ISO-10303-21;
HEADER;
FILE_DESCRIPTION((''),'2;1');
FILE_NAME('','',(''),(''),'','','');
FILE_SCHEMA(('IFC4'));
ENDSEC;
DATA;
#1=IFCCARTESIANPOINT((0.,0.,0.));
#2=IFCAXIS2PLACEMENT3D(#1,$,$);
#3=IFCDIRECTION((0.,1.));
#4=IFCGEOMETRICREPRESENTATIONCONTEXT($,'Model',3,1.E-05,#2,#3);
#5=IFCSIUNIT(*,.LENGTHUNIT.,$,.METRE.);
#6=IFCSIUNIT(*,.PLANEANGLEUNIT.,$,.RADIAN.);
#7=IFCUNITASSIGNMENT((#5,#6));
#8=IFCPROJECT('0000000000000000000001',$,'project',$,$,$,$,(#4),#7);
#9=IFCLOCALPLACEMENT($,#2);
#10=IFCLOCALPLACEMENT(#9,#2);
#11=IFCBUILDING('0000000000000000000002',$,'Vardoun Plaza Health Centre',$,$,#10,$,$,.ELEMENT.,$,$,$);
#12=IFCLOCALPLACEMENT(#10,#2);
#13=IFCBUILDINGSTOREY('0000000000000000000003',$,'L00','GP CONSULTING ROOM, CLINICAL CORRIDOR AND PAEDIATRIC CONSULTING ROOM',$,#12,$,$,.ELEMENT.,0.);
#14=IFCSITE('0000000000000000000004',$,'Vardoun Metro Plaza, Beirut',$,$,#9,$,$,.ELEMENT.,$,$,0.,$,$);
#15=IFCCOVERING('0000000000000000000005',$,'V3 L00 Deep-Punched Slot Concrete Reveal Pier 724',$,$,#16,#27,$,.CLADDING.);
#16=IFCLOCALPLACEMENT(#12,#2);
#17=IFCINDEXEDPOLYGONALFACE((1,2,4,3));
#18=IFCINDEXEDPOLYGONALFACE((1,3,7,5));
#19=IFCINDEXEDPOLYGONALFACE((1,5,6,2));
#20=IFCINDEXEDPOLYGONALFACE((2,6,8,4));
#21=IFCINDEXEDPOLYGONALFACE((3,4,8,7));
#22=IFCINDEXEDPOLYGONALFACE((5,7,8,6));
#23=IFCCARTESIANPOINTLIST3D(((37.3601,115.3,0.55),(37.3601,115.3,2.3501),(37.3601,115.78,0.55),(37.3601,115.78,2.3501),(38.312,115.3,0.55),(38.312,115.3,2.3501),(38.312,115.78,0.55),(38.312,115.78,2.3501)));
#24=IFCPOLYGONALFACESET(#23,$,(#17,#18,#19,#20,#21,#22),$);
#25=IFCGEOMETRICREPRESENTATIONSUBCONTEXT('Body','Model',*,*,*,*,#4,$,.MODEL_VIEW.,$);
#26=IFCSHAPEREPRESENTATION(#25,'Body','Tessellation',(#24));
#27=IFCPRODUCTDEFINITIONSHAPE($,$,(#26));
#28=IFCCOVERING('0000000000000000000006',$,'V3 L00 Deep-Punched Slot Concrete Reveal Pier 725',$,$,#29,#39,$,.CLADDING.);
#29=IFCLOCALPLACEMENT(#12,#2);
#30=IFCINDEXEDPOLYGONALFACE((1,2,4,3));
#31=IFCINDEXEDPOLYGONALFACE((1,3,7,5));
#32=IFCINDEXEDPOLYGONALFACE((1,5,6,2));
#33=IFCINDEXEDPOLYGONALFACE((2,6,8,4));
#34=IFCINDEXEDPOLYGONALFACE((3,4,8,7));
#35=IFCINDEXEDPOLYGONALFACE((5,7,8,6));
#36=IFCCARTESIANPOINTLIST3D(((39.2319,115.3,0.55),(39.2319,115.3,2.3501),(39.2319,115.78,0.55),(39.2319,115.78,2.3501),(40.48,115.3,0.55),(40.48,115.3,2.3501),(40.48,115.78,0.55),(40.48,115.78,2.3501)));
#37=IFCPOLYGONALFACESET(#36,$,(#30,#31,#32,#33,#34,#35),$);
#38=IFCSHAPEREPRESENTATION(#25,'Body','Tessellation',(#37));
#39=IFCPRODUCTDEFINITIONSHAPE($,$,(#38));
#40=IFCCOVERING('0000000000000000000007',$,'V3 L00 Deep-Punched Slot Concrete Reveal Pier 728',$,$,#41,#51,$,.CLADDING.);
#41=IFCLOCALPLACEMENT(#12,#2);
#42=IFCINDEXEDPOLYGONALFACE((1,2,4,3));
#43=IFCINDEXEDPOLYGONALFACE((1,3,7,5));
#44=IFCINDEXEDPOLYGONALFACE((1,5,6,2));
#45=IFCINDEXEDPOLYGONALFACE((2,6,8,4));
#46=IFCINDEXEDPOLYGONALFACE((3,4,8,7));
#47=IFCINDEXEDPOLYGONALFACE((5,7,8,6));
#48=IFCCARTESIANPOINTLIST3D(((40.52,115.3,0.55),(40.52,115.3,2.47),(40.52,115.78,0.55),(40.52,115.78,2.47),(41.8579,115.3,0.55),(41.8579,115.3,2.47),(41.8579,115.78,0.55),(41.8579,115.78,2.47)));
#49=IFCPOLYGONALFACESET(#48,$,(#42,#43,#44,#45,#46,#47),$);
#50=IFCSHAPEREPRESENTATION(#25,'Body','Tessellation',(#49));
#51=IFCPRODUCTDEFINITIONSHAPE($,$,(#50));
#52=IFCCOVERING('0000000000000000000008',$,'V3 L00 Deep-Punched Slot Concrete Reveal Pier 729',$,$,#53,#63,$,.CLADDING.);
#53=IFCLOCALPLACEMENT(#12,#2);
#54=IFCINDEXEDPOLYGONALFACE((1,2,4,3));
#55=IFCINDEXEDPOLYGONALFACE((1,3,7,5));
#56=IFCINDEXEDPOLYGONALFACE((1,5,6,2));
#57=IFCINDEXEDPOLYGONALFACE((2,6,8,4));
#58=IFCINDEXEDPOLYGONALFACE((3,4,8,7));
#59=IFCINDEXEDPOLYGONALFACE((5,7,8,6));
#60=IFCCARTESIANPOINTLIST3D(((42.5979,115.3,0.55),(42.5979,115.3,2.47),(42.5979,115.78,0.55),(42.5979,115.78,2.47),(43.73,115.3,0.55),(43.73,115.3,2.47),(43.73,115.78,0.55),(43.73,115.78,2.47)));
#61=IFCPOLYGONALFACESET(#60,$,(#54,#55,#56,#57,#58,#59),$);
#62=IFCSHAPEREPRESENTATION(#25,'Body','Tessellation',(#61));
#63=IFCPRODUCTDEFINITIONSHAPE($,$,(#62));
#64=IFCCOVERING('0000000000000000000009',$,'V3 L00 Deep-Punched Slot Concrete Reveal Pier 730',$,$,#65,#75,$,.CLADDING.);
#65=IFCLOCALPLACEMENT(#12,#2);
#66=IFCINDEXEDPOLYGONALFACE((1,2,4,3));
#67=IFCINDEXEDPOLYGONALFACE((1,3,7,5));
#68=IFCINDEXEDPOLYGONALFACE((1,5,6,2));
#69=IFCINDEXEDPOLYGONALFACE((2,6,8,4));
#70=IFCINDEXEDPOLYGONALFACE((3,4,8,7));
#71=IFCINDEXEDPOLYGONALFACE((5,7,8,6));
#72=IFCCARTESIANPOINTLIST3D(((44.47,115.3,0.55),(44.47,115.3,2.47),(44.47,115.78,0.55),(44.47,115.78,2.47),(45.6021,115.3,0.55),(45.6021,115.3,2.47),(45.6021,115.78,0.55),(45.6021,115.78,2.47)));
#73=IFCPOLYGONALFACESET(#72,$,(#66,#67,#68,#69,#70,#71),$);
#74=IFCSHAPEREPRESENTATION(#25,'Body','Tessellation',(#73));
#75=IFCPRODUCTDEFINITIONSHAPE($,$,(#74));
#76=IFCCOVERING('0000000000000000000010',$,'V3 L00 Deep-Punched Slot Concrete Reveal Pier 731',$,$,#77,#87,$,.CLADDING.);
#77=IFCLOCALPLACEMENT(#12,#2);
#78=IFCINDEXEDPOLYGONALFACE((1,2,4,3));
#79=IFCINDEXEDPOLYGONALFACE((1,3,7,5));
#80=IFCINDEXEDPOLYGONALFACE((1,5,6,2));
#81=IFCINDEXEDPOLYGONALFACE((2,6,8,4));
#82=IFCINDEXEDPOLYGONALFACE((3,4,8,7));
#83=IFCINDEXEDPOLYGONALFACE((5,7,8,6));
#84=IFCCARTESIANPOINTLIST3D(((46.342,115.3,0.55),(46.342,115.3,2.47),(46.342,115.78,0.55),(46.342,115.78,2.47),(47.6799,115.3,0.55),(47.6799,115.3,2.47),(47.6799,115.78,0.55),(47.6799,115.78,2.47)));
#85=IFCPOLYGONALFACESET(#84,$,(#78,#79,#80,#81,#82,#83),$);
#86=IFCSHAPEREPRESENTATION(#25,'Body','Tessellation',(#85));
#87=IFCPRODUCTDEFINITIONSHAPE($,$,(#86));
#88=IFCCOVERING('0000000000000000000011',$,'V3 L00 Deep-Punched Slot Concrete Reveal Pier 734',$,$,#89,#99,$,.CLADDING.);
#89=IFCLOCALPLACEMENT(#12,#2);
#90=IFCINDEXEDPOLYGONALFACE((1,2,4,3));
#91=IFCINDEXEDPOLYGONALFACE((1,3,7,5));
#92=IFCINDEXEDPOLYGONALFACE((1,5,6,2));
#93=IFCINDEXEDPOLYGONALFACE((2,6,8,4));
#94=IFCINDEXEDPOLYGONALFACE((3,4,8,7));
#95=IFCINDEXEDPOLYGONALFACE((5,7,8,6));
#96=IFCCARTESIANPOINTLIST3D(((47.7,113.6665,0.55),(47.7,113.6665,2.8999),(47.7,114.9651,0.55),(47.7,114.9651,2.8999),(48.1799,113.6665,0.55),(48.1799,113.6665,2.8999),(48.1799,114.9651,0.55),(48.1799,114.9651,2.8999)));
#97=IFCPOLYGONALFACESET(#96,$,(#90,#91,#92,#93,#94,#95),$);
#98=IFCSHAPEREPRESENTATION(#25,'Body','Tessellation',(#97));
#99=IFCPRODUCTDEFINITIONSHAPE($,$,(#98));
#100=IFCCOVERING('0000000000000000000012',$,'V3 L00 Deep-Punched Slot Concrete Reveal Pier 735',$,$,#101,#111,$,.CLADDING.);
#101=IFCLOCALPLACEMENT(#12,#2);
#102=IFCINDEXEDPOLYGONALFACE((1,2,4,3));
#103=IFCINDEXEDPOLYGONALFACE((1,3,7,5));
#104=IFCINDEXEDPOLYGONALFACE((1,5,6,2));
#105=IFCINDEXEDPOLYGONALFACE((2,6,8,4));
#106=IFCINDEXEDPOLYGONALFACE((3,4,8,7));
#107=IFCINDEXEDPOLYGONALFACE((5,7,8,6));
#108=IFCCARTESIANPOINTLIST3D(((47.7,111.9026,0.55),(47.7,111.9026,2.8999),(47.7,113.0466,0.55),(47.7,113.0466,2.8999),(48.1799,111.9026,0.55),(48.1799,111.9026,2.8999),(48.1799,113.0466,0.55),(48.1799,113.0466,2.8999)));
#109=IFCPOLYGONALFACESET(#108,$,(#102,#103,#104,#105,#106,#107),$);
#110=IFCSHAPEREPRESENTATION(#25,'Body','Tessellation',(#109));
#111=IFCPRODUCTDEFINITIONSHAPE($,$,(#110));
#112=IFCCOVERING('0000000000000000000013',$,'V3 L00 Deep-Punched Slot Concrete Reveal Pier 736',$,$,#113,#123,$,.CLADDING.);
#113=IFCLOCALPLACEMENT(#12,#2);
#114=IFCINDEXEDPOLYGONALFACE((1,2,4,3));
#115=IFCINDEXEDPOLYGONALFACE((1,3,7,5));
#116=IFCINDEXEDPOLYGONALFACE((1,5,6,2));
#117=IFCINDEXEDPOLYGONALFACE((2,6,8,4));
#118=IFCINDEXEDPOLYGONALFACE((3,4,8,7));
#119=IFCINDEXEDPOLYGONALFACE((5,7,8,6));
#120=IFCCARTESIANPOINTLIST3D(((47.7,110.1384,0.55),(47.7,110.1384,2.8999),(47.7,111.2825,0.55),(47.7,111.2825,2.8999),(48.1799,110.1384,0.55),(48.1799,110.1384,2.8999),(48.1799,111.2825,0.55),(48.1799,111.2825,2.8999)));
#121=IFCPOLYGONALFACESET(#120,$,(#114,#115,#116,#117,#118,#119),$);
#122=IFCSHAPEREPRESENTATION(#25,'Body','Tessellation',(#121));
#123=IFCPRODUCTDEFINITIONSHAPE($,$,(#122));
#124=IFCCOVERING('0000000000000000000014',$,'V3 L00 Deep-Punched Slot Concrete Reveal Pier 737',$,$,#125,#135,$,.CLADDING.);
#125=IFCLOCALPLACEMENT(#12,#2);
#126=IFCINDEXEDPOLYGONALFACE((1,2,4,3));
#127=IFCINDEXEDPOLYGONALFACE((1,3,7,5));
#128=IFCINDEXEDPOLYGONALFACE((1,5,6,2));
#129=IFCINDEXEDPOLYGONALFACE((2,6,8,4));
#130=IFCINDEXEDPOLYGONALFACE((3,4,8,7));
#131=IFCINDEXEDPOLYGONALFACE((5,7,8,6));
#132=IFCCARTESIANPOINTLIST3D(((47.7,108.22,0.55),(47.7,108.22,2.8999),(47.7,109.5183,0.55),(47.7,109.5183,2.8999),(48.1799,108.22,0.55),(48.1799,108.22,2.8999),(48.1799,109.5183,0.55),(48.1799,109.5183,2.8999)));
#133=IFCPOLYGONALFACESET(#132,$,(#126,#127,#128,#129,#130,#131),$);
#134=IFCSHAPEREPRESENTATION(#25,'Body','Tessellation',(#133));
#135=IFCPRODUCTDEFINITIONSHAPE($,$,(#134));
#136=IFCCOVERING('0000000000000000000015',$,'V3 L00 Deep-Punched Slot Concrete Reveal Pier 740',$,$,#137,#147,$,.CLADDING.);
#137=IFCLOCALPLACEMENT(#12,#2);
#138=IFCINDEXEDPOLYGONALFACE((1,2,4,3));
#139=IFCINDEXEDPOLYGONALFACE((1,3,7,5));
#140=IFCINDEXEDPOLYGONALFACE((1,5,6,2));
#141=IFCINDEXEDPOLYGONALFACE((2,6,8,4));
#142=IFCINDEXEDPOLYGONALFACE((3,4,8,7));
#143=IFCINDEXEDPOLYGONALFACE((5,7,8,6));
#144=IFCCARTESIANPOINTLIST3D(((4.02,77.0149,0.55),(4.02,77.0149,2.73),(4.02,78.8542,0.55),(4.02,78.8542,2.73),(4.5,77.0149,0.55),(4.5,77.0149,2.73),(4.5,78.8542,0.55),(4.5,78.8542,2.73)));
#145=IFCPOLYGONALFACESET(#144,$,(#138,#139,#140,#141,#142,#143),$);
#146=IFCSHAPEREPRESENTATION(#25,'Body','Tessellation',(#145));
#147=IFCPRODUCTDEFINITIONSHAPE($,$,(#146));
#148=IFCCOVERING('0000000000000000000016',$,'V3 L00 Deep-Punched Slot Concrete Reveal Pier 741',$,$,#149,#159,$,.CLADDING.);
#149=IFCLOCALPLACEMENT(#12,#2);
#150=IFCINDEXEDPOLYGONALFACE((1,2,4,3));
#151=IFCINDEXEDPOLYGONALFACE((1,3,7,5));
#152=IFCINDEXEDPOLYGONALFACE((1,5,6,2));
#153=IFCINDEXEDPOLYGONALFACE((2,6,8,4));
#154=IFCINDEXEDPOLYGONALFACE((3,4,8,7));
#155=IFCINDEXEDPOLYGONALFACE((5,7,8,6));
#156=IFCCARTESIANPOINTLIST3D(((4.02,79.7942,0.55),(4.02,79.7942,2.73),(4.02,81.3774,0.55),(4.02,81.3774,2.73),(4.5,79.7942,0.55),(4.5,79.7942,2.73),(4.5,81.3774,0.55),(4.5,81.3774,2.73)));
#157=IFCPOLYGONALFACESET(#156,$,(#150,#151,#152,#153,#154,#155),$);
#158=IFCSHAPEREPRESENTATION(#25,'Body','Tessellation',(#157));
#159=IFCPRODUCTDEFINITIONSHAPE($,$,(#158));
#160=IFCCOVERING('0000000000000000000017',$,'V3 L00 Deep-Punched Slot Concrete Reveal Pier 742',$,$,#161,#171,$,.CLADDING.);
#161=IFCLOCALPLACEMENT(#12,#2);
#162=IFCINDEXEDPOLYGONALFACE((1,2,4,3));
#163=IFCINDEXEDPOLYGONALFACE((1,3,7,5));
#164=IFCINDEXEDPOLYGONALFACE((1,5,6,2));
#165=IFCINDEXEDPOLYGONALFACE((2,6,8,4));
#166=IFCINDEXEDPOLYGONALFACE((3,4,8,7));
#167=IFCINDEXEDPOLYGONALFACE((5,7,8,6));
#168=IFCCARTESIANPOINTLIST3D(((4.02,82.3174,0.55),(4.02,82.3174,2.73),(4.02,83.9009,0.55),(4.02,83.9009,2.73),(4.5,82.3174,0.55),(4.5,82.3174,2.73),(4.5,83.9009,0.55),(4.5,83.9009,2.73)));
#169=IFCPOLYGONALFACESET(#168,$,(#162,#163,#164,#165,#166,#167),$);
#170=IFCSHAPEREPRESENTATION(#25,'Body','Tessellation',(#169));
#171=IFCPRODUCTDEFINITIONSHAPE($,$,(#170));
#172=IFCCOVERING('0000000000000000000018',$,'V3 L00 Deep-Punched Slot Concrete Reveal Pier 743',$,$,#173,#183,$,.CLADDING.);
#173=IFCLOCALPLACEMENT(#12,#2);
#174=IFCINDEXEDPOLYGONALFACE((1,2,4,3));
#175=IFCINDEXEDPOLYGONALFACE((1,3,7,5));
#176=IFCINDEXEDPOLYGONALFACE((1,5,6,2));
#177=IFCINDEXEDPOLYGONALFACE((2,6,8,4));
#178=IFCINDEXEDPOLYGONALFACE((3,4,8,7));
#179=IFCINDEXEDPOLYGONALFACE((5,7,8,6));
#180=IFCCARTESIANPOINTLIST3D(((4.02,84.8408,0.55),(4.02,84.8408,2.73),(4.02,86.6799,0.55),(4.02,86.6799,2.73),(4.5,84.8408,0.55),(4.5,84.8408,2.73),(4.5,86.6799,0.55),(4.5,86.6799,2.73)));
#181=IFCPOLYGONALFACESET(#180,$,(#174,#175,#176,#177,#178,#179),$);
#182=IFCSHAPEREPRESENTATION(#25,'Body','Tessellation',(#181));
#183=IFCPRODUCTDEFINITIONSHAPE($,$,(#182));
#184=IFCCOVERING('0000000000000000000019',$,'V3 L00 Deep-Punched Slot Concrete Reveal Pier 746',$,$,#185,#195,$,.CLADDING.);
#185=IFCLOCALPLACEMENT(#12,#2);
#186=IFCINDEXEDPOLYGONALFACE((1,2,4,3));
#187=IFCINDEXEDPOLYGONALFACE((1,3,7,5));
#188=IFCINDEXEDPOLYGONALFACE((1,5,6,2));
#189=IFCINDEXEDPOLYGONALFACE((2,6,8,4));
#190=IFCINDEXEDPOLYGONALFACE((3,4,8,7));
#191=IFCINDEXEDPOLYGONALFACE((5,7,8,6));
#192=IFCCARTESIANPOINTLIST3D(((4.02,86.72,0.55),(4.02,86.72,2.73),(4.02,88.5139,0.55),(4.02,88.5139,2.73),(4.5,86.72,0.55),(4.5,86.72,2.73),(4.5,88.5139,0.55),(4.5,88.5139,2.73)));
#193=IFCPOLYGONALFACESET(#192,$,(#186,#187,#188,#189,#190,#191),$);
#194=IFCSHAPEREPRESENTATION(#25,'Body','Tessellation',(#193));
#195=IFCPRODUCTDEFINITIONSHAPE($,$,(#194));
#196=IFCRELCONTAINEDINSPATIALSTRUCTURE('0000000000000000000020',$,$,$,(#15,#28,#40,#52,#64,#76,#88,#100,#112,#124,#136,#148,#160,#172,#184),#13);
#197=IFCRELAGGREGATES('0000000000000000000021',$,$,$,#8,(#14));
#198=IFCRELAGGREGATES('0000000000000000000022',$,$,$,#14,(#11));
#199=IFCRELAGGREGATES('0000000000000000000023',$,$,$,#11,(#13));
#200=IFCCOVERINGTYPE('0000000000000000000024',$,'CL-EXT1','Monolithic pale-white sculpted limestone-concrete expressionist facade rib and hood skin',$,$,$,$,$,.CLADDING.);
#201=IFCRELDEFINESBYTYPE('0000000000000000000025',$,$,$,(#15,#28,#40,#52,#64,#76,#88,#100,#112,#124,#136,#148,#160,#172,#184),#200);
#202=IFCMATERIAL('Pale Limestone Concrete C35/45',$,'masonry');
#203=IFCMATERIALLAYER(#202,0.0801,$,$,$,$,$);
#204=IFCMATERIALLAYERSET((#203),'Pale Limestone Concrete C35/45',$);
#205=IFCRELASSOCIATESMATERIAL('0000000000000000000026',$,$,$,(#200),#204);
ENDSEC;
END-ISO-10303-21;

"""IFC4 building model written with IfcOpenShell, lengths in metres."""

from ifc_helpers import new_model, si_unit, direction, frame, origin, place, context, subcontext, project, spatial, polyline, outline, extrude, material, layer, layer_set, type_object, element, save


model = new_model("IFC4")

# Units and contexts
model_context = context("Model", 3, precision=1e-05, world=origin(), true_north=direction((0.0, 1.0)))
body_context = subcontext(model_context, "Body", "Model", "MODEL_VIEW")
ifc_project = project(units=[si_unit("LENGTHUNIT", "METRE"), si_unit("PLANEANGLEUNIT", "RADIAN")], contexts=[model_context])

# Site, building, storey
site_placement = place(None, origin())
site = spatial("IfcSite", under=ifc_project, at=site_placement, Name="Vardoun Metro Plaza, Beirut", CompositionType="ELEMENT", RefElevation=0.0)
building_placement = place(site_placement, origin())
building = spatial("IfcBuilding", under=site, at=building_placement, Name="Vardoun Plaza Health Centre", CompositionType="ELEMENT")
storey_placement = place(building_placement, origin())
storey = spatial("IfcBuildingStorey", under=building, at=storey_placement, Name="L00", Description="GP CONSULTING ROOM, CLINICAL CORRIDOR AND PAEDIATRIC CONSULTING ROOM", CompositionType="ELEMENT", Elevation=0.0)

# Coverings
ifc_material = material(Name="Pale Limestone Concrete C35/45", Category="masonry")
ifc_layer = layer(ifc_material, 0.0801)
ifc_layer_set = layer_set([ifc_layer], Name="Pale Limestone Concrete C35/45")
covering_type = type_object("IfcCoveringType", Name="CL-EXT1", Description="Monolithic pale-white sculpted limestone-concrete expressionist facade rib and hood skin", PredefinedType="CLADDING", material=ifc_layer_set)
covering_1_placement = place(storey_placement, frame((0.0, 0.0, 0.55)))
element("IfcCovering", 1, at=covering_1_placement, inside=storey, type_object=covering_type, Name="V3 L00 Deep-Punched Slot Concrete Reveal Pier 724", PredefinedType="CLADDING", context=body_context, shape_type="SweptSolid", body=[
    extrude(outline(polyline([(37.3601, 115.3), (38.312, 115.3), (38.312, 115.78), (37.3601, 115.78), (37.3601, 115.3)])), origin(), (0.0, 0.0, 1.0), 1.8),
])
covering_2_placement = place(storey_placement, frame((0.0, 0.0, 0.55)))
element("IfcCovering", 2, at=covering_2_placement, inside=storey, type_object=covering_type, Name="V3 L00 Deep-Punched Slot Concrete Reveal Pier 725", PredefinedType="CLADDING", context=body_context, shape_type="SweptSolid", body=[
    extrude(outline(polyline([(39.2319, 115.3), (40.48, 115.3), (40.48, 115.78), (39.2319, 115.78), (39.2319, 115.3)])), origin(), (0.0, 0.0, 1.0), 1.8),
])
covering_3_placement = place(storey_placement, frame((0.0, 0.0, 0.55)))
element("IfcCovering", 3, at=covering_3_placement, inside=storey, type_object=covering_type, Name="V3 L00 Deep-Punched Slot Concrete Reveal Pier 728", PredefinedType="CLADDING", context=body_context, shape_type="SweptSolid", body=[
    extrude(outline(polyline([(40.52, 115.3), (41.8579, 115.3), (41.8579, 115.78), (40.52, 115.78), (40.52, 115.3)])), origin(), (0.0, 0.0, 1.0), 1.9199),
])
covering_4_placement = place(storey_placement, frame((0.0, 0.0, 0.55)))
element("IfcCovering", 4, at=covering_4_placement, inside=storey, type_object=covering_type, Name="V3 L00 Deep-Punched Slot Concrete Reveal Pier 729", PredefinedType="CLADDING", context=body_context, shape_type="SweptSolid", body=[
    extrude(outline(polyline([(42.5979, 115.3), (43.73, 115.3), (43.73, 115.78), (42.5979, 115.78), (42.5979, 115.3)])), origin(), (0.0, 0.0, 1.0), 1.9199),
])
covering_5_placement = place(storey_placement, frame((0.0, 0.0, 0.55)))
element("IfcCovering", 5, at=covering_5_placement, inside=storey, type_object=covering_type, Name="V3 L00 Deep-Punched Slot Concrete Reveal Pier 730", PredefinedType="CLADDING", context=body_context, shape_type="SweptSolid", body=[
    extrude(outline(polyline([(44.47, 115.3), (45.6021, 115.3), (45.6021, 115.78), (44.47, 115.78), (44.47, 115.3)])), origin(), (0.0, 0.0, 1.0), 1.9199),
])
covering_6_placement = place(storey_placement, frame((0.0, 0.0, 0.55)))
element("IfcCovering", 6, at=covering_6_placement, inside=storey, type_object=covering_type, Name="V3 L00 Deep-Punched Slot Concrete Reveal Pier 731", PredefinedType="CLADDING", context=body_context, shape_type="SweptSolid", body=[
    extrude(outline(polyline([(46.342, 115.3), (47.6799, 115.3), (47.6799, 115.78), (46.342, 115.78), (46.342, 115.3)])), origin(), (0.0, 0.0, 1.0), 1.9199),
])
covering_7_placement = place(storey_placement, frame((0.0, 0.0, 0.55)))
element("IfcCovering", 7, at=covering_7_placement, inside=storey, type_object=covering_type, Name="V3 L00 Deep-Punched Slot Concrete Reveal Pier 734", PredefinedType="CLADDING", context=body_context, shape_type="SweptSolid", body=[
    extrude(outline(polyline([(47.7, 114.9651), (47.7, 113.6665), (48.1799, 113.6665), (48.1799, 114.9651), (47.7, 114.9651)])), origin(), (0.0, 0.0, 1.0), 2.3499),
])
covering_8_placement = place(storey_placement, frame((0.0, 0.0, 0.55)))
element("IfcCovering", 8, at=covering_8_placement, inside=storey, type_object=covering_type, Name="V3 L00 Deep-Punched Slot Concrete Reveal Pier 735", PredefinedType="CLADDING", context=body_context, shape_type="SweptSolid", body=[
    extrude(outline(polyline([(47.7, 113.0466), (47.7, 111.9026), (48.1799, 111.9026), (48.1799, 113.0466), (47.7, 113.0466)])), origin(), (0.0, 0.0, 1.0), 2.3499),
])
covering_9_placement = place(storey_placement, frame((0.0, 0.0, 0.55)))
element("IfcCovering", 9, at=covering_9_placement, inside=storey, type_object=covering_type, Name="V3 L00 Deep-Punched Slot Concrete Reveal Pier 736", PredefinedType="CLADDING", context=body_context, shape_type="SweptSolid", body=[
    extrude(outline(polyline([(47.7, 111.2825), (47.7, 110.1384), (48.1799, 110.1384), (48.1799, 111.2825), (47.7, 111.2825)])), origin(), (0.0, 0.0, 1.0), 2.3499),
])
covering_10_placement = place(storey_placement, frame((0.0, 0.0, 0.55)))
element("IfcCovering", 10, at=covering_10_placement, inside=storey, type_object=covering_type, Name="V3 L00 Deep-Punched Slot Concrete Reveal Pier 737", PredefinedType="CLADDING", context=body_context, shape_type="SweptSolid", body=[
    extrude(outline(polyline([(47.7, 109.5183), (47.7, 108.22), (48.1799, 108.22), (48.1799, 109.5183), (47.7, 109.5183)])), origin(), (0.0, 0.0, 1.0), 2.3499),
])
covering_11_placement = place(storey_placement, frame((0.0, 0.0, 0.55)))
element("IfcCovering", 11, at=covering_11_placement, inside=storey, type_object=covering_type, Name="V3 L00 Deep-Punched Slot Concrete Reveal Pier 740", PredefinedType="CLADDING", context=body_context, shape_type="SweptSolid", body=[
    extrude(outline(polyline([(4.5, 77.0149), (4.5, 78.8542), (4.02, 78.8542), (4.02, 77.0149), (4.5, 77.0149)])), origin(), (0.0, 0.0, 1.0), 2.1799),
])
covering_12_placement = place(storey_placement, frame((0.0, 0.0, 0.55)))
element("IfcCovering", 12, at=covering_12_placement, inside=storey, type_object=covering_type, Name="V3 L00 Deep-Punched Slot Concrete Reveal Pier 741", PredefinedType="CLADDING", context=body_context, shape_type="SweptSolid", body=[
    extrude(outline(polyline([(4.5, 79.7942), (4.5, 81.3774), (4.02, 81.3774), (4.02, 79.7942), (4.5, 79.7942)])), origin(), (0.0, 0.0, 1.0), 2.1799),
])
covering_13_placement = place(storey_placement, frame((0.0, 0.0, 0.55)))
element("IfcCovering", 13, at=covering_13_placement, inside=storey, type_object=covering_type, Name="V3 L00 Deep-Punched Slot Concrete Reveal Pier 742", PredefinedType="CLADDING", context=body_context, shape_type="SweptSolid", body=[
    extrude(outline(polyline([(4.5, 82.3174), (4.5, 83.9009), (4.02, 83.9009), (4.02, 82.3174), (4.5, 82.3174)])), origin(), (0.0, 0.0, 1.0), 2.1799),
])
covering_14_placement = place(storey_placement, frame((0.0, 0.0, 0.55)))
element("IfcCovering", 14, at=covering_14_placement, inside=storey, type_object=covering_type, Name="V3 L00 Deep-Punched Slot Concrete Reveal Pier 743", PredefinedType="CLADDING", context=body_context, shape_type="SweptSolid", body=[
    extrude(outline(polyline([(4.5, 84.8408), (4.5, 86.6799), (4.02, 86.6799), (4.02, 84.8408), (4.5, 84.8408)])), origin(), (0.0, 0.0, 1.0), 2.1799),
])
covering_15_placement = place(storey_placement, frame((0.0, 0.0, 0.55)))
element("IfcCovering", 15, at=covering_15_placement, inside=storey, type_object=covering_type, Name="V3 L00 Deep-Punched Slot Concrete Reveal Pier 746", PredefinedType="CLADDING", context=body_context, shape_type="SweptSolid", body=[
    extrude(outline(polyline([(4.5, 86.72), (4.5, 88.5139), (4.02, 88.5139), (4.02, 86.72), (4.5, 86.72)])), origin(), (0.0, 0.0, 1.0), 2.1799),
])

save(model, "model.ifc")
